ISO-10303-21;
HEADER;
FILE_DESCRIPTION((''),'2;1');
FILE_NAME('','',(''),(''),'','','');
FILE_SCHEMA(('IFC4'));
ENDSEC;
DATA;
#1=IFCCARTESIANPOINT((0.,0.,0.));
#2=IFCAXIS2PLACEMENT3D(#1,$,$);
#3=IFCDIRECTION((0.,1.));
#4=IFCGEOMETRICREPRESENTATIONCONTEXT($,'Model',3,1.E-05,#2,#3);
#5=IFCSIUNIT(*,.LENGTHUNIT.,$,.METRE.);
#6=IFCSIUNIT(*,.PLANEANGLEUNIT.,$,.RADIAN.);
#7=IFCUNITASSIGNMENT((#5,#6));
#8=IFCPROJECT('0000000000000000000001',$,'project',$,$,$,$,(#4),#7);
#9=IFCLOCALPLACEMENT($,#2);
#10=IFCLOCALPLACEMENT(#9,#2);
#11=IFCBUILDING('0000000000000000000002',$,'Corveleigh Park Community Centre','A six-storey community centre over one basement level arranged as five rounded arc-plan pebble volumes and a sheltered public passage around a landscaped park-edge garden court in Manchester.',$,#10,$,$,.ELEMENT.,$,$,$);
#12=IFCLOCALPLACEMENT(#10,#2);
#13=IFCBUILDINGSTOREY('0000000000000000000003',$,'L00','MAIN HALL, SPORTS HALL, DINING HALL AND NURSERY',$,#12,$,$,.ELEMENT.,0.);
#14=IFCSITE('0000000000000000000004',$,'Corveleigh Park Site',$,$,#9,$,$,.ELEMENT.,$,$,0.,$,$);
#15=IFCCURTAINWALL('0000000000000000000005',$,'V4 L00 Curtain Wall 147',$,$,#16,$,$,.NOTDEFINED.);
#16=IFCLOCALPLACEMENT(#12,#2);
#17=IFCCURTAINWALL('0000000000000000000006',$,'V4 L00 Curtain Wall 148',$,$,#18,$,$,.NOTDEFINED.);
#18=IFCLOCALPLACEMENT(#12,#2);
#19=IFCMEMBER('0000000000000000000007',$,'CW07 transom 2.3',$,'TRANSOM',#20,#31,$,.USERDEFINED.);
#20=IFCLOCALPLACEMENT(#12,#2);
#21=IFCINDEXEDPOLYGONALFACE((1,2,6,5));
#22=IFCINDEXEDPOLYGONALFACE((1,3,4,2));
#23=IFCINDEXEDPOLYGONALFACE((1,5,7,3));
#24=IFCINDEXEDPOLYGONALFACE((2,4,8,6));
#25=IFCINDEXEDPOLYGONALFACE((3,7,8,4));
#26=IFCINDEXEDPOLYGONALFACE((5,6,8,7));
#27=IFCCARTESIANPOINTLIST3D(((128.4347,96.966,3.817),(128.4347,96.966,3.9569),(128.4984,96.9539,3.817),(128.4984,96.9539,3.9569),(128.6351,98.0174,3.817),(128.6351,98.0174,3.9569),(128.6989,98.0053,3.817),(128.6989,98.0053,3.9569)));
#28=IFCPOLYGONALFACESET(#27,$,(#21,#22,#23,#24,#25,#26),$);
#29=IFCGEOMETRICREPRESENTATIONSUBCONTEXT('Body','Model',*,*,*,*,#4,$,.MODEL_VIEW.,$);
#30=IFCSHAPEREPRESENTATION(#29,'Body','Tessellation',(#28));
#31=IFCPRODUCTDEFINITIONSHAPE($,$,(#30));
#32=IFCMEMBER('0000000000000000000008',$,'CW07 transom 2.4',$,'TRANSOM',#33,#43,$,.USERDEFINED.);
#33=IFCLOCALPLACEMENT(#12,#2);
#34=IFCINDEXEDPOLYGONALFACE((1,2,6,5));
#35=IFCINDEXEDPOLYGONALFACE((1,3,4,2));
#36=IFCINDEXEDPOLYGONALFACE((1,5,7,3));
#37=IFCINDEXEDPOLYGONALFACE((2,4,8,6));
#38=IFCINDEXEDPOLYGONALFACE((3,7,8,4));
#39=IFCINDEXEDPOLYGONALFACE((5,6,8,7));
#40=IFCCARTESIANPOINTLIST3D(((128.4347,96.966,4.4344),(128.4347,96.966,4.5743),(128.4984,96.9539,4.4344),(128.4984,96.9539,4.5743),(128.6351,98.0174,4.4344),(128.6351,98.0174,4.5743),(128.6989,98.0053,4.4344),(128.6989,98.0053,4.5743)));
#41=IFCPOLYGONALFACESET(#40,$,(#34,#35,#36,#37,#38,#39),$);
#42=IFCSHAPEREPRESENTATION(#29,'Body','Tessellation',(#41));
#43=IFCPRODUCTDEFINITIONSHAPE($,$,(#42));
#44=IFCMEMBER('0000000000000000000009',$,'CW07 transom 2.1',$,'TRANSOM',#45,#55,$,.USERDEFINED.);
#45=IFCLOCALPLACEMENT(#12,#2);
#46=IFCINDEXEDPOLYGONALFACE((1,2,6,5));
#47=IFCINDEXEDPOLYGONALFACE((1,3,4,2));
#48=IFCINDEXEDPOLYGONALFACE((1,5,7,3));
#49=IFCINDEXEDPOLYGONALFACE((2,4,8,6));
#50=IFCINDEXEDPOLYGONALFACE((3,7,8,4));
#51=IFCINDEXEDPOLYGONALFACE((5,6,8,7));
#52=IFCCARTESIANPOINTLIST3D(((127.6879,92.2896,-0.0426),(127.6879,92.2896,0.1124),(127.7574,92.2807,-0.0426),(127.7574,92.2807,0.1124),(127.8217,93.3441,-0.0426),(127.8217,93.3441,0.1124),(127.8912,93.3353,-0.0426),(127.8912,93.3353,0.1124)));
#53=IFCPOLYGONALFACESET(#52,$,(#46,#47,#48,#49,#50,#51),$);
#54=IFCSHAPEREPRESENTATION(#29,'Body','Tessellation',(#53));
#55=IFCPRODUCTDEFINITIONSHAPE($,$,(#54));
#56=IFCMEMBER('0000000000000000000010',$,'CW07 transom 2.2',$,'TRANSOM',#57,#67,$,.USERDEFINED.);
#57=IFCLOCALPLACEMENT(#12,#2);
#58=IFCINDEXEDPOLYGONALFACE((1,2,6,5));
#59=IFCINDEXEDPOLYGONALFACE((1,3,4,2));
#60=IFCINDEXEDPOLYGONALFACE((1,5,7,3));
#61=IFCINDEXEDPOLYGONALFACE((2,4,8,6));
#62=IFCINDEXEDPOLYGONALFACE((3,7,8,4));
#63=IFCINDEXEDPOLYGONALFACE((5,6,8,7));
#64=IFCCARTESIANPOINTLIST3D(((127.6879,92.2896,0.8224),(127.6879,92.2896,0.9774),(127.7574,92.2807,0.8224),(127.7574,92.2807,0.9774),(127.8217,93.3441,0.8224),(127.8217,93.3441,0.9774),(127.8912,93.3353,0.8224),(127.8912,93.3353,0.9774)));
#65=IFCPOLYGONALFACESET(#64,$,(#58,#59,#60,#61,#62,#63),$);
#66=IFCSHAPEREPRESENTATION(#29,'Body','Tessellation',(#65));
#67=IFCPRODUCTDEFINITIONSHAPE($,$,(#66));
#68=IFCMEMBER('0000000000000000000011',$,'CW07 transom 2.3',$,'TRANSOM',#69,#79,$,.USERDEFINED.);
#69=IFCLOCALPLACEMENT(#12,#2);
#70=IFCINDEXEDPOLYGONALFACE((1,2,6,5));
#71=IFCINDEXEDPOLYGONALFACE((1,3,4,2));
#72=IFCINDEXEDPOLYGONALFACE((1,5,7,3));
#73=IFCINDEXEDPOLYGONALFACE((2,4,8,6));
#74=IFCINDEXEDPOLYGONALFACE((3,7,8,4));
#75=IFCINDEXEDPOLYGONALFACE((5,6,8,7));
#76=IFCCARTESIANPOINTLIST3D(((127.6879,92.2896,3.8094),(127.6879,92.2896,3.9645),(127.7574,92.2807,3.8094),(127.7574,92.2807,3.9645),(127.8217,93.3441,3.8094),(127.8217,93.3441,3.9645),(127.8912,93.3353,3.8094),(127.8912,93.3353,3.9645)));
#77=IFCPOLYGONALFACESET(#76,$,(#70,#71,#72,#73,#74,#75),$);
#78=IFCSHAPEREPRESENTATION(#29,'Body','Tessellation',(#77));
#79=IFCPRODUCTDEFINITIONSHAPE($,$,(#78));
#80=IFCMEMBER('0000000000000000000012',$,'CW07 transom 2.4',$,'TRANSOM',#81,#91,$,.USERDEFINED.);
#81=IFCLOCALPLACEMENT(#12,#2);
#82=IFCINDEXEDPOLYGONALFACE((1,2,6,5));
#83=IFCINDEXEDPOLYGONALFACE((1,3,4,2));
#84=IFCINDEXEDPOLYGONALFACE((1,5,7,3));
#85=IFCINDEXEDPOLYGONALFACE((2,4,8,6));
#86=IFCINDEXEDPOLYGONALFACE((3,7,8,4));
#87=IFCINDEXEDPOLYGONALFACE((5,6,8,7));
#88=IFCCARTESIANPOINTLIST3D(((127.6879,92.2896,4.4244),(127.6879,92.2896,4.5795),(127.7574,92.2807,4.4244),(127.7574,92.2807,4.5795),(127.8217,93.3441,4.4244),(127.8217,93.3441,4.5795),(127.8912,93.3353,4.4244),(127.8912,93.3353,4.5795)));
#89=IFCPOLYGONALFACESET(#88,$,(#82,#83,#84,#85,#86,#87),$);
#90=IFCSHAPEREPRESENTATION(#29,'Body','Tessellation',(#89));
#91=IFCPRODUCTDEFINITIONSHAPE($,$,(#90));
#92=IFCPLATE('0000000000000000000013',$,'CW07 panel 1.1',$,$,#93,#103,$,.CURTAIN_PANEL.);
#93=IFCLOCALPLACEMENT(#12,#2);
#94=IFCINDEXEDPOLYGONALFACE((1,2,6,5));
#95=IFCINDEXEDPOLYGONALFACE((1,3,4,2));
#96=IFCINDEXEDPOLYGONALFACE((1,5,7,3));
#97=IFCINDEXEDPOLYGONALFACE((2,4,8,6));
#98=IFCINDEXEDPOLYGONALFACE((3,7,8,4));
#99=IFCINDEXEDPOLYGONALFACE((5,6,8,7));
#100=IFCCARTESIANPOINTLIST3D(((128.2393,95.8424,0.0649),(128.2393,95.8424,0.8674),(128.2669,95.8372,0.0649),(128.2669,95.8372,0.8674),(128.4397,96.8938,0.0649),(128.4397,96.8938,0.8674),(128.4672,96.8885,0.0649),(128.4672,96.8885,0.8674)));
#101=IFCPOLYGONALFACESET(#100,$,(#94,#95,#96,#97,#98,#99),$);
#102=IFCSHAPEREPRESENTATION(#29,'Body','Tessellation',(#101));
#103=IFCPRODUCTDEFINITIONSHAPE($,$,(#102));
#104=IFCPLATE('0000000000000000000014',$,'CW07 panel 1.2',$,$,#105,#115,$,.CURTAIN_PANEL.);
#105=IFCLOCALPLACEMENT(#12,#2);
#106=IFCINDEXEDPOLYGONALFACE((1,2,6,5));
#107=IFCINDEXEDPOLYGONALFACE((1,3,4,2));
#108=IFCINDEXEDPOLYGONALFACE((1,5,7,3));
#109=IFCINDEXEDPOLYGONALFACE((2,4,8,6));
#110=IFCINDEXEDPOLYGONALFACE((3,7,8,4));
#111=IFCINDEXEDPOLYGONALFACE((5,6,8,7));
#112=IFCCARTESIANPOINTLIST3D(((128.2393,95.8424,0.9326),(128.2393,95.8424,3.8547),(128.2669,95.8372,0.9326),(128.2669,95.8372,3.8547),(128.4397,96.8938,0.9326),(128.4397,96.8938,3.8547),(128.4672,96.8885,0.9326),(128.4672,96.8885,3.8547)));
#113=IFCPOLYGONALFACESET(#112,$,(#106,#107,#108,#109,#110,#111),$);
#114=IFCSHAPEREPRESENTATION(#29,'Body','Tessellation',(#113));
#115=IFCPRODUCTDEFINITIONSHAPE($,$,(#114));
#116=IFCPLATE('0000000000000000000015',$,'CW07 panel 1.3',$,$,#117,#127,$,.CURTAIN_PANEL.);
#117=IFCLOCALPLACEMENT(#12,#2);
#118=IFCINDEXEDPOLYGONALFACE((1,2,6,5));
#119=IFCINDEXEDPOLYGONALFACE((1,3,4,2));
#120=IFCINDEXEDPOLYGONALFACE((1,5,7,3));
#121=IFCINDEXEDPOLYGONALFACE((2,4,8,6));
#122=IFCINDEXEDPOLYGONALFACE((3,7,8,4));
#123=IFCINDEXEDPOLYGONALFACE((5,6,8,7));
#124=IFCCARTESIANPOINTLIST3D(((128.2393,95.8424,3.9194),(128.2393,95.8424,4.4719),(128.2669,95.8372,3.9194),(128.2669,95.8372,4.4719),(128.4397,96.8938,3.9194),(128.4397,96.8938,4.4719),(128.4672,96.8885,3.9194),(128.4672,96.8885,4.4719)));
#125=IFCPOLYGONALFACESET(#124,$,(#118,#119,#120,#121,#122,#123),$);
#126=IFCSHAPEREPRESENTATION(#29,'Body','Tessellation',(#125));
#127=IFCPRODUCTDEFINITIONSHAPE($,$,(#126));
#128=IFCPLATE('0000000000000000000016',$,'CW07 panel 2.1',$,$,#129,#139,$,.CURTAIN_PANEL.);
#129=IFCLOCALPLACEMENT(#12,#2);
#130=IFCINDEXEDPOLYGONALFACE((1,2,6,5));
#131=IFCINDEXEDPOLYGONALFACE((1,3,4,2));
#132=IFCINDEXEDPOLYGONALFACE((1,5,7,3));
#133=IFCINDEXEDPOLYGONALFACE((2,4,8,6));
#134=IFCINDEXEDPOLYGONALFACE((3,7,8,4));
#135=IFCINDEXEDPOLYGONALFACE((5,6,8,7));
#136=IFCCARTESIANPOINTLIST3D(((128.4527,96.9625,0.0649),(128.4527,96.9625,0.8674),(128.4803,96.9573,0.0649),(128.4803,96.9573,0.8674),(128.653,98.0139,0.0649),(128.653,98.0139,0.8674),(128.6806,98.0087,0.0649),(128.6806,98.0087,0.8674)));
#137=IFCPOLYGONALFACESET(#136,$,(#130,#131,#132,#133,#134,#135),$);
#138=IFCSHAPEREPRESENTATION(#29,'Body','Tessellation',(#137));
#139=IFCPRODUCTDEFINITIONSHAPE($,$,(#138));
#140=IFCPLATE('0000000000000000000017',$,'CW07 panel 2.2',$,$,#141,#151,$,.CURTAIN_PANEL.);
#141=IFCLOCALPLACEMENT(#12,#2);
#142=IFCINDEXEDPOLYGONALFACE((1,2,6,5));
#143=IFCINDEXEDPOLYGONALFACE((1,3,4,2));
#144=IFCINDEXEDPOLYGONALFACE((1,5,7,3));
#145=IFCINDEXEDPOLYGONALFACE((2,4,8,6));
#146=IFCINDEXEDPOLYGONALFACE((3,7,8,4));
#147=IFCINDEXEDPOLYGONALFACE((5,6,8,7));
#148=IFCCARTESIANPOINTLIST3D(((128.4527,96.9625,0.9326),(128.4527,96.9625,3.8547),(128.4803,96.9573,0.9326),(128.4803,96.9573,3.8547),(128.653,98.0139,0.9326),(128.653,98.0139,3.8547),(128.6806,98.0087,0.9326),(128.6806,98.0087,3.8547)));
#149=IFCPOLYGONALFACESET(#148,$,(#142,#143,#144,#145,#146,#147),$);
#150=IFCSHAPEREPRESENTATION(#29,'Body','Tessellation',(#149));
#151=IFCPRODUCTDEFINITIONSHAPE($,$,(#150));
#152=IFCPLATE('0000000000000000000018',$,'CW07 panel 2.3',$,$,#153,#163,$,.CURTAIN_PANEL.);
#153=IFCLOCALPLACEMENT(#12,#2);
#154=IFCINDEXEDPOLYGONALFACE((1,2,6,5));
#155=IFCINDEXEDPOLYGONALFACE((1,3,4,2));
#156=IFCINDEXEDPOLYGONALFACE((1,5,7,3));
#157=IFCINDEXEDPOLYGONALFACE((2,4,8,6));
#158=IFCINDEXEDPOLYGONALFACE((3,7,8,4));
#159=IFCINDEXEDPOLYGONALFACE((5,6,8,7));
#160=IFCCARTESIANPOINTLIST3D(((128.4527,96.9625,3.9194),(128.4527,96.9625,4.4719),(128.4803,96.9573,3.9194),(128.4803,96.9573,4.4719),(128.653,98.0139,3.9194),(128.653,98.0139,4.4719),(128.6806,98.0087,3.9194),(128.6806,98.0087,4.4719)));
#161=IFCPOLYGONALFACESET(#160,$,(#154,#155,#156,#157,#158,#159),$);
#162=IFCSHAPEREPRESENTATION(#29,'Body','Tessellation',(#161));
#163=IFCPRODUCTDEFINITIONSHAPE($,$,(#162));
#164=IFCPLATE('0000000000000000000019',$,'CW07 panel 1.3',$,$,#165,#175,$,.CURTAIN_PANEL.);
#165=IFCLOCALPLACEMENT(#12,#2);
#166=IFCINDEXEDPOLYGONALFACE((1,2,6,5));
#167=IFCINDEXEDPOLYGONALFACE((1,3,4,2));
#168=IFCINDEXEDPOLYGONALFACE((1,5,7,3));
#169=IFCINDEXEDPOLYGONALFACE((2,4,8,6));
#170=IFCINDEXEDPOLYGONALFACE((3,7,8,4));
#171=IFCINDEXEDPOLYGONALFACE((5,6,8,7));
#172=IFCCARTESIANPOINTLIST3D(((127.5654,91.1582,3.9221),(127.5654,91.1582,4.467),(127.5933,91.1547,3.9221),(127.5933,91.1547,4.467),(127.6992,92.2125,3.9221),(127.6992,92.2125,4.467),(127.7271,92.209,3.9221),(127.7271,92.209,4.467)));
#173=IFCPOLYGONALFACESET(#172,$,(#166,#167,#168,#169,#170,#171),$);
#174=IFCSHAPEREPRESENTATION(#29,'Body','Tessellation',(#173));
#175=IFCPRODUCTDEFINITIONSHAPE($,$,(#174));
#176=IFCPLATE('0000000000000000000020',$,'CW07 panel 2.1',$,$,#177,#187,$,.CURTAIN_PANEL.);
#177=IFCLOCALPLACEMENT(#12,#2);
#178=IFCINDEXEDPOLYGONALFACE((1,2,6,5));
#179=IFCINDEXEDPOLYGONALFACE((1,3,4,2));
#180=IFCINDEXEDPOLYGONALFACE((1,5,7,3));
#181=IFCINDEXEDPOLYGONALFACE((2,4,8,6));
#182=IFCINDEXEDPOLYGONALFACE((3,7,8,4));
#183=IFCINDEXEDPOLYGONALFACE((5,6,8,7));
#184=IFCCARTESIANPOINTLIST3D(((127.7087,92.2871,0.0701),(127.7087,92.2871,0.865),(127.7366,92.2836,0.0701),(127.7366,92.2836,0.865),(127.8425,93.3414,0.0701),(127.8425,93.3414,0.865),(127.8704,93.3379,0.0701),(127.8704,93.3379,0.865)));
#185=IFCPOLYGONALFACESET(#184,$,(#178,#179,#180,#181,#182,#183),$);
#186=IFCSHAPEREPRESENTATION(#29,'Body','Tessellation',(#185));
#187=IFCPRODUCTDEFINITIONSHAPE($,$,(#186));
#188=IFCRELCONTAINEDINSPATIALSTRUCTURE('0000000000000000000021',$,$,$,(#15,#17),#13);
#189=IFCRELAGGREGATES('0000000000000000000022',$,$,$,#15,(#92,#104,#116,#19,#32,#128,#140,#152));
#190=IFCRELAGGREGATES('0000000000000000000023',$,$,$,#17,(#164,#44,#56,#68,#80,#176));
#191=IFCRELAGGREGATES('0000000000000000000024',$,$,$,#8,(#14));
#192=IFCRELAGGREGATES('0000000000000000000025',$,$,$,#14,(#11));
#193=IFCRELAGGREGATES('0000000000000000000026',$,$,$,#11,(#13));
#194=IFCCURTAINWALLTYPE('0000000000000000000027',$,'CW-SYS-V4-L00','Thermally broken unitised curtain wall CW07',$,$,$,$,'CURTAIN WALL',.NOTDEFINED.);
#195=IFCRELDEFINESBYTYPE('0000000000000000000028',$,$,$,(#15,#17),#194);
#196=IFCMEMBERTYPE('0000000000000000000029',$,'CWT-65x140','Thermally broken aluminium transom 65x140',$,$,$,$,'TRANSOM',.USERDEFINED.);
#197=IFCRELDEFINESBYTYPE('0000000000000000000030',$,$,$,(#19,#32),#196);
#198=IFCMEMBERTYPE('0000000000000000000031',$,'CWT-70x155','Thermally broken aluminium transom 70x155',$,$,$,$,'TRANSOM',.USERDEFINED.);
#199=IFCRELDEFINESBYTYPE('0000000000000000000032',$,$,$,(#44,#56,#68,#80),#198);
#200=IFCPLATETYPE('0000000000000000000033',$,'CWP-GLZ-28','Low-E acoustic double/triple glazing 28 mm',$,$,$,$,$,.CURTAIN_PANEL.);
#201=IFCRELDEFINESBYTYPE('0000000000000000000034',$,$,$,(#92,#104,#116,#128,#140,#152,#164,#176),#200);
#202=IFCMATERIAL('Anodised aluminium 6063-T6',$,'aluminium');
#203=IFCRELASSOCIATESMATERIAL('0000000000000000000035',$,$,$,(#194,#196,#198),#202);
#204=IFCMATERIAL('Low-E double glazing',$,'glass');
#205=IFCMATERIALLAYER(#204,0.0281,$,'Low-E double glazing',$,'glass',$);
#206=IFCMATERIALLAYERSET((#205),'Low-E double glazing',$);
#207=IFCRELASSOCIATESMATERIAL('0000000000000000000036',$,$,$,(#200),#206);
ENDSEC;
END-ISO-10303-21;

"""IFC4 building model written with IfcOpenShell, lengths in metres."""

from ifc_helpers import new_model, si_unit, direction, frame, origin, origin_2d, place, context, subcontext, project, spatial, rectangle, extrude, material, layer, layer_set, material_profile, profile_set, type_object, element, aggregate, save


model = new_model("IFC4")

# Units and contexts
model_context = context("Model", 3, precision=1e-05, world=origin(), true_north=direction((0.0, 1.0)))
body_context = subcontext(model_context, "Body", "Model", "MODEL_VIEW")
ifc_project = project(units=[si_unit("LENGTHUNIT", "METRE"), si_unit("PLANEANGLEUNIT", "RADIAN")], contexts=[model_context])

# Site, building, storey
site_placement = place(None, origin())
site = spatial("IfcSite", under=ifc_project, at=site_placement, Name="Corveleigh Park Site", CompositionType="ELEMENT", RefElevation=0.0)
building_placement = place(site_placement, origin())
building = spatial("IfcBuilding", under=site, at=building_placement, Name="Corveleigh Park Community Centre", Description="A six-storey community centre over one basement level arranged as five rounded arc-plan pebble volumes and a sheltered public passage around a landscaped park-edge garden court in Manchester.", CompositionType="ELEMENT")
storey_placement = place(building_placement, origin())
storey = spatial("IfcBuildingStorey", under=building, at=storey_placement, Name="L00", Description="MAIN HALL, SPORTS HALL, DINING HALL AND NURSERY", CompositionType="ELEMENT", Elevation=0.0)

# Shared definitions
ifc_material_1 = material(Name="Anodised aluminium 6063-T6", Category="aluminium")
curtain_wall_type = type_object("IfcCurtainWallType", Name="CW-SYS-V4-L00", Description="Thermally broken unitised curtain wall CW07", ElementType="CURTAIN WALL", PredefinedType="NOTDEFINED", material=ifc_material_1)

# Curtain walls
curtain_wall_1_placement = place(storey_placement, origin())
curtain_wall_1 = element("IfcCurtainWall", 1, at=curtain_wall_1_placement, inside=storey, type_object=curtain_wall_type, Name="V4 L00 Curtain Wall 147", PredefinedType="NOTDEFINED")
curtain_wall_2_placement = place(storey_placement, origin())
curtain_wall_2 = element("IfcCurtainWall", 2, at=curtain_wall_2_placement, inside=storey, type_object=curtain_wall_type, Name="V4 L00 Curtain Wall 148", PredefinedType="NOTDEFINED")

# Members
ifc_material_profile_1 = material_profile(ifc_material_1, rectangle(XDim=0.0649, YDim=0.1399, at=origin_2d()), Name="ALU-T65x140", Category="aluminium")
ifc_profile_set_1 = profile_set([ifc_material_profile_1], Name="Anodised aluminium 6063-T6")
member_type_1 = type_object("IfcMemberType", Name="CWT-65x140", Description="Thermally broken aluminium transom 65x140", ElementType="TRANSOM", PredefinedType="USERDEFINED", material=ifc_profile_set_1)
member_1_placement = place(storey_placement, frame((128.4666, 96.96, 3.887), z_axis=(0.18729, 0.982305, 0.0), x_axis=(-0.982305, 0.18729, 0.0)))
member_1 = element("IfcMember", 3, at=member_1_placement, type_object=member_type_1, Name="CW07 transom 2.3", ObjectType="TRANSOM", PredefinedType="USERDEFINED", context=body_context, shape_type="SweptSolid", body=[
    extrude(rectangle(XDim=0.0649, YDim=0.1399, at=origin_2d()), origin(), (0.0, 0.0, 1.0), 1.0703),
])
member_2_placement = place(storey_placement, frame((128.4666, 96.96, 4.5044), z_axis=(0.18729, 0.982305, 0.0), x_axis=(-0.982305, 0.18729, 0.0)))
member_2 = element("IfcMember", 4, at=member_2_placement, type_object=member_type_1, Name="CW07 transom 2.4", ObjectType="TRANSOM", PredefinedType="USERDEFINED", context=body_context, shape_type="SweptSolid", body=[
    extrude(rectangle(XDim=0.0649, YDim=0.1399, at=origin_2d()), origin(), (0.0, 0.0, 1.0), 1.0703),
])
ifc_material_profile_2 = material_profile(ifc_material_1, rectangle(XDim=0.0701, YDim=0.155, at=origin_2d()), Name="ALU-T70x155", Category="aluminium")
ifc_profile_set_2 = profile_set([ifc_material_profile_2], Name="Anodised aluminium 6063-T6")
member_type_2 = type_object("IfcMemberType", Name="CWT-70x155", Description="Thermally broken aluminium transom 70x155", ElementType="TRANSOM", PredefinedType="USERDEFINED", material=ifc_profile_set_2)
member_3_placement = place(storey_placement, frame((127.7227, 92.2852, 0.0349), z_axis=(0.125872, 0.992046, 0.0), x_axis=(-0.992046, 0.125872, 0.0)))
member_3 = element("IfcMember", 5, at=member_3_placement, type_object=member_type_2, Name="CW07 transom 2.1", ObjectType="TRANSOM", PredefinedType="USERDEFINED", context=body_context, shape_type="SweptSolid", body=[
    extrude(rectangle(XDim=0.0701, YDim=0.155, at=origin_2d()), origin(), (0.0, 0.0, 1.0), 1.063),
])
member_4_placement = place(storey_placement, frame((127.7227, 92.2852, 0.8999), z_axis=(0.125872, 0.992046, 0.0), x_axis=(-0.992046, 0.125872, 0.0)))
member_4 = element("IfcMember", 6, at=member_4_placement, type_object=member_type_2, Name="CW07 transom 2.2", ObjectType="TRANSOM", PredefinedType="USERDEFINED", context=body_context, shape_type="SweptSolid", body=[
    extrude(rectangle(XDim=0.0701, YDim=0.155, at=origin_2d()), origin(), (0.0, 0.0, 1.0), 1.063),
])
member_5_placement = place(storey_placement, frame((127.7227, 92.2852, 3.887), z_axis=(0.125872, 0.992046, 0.0), x_axis=(-0.992046, 0.125872, 0.0)))
member_5 = element("IfcMember", 7, at=member_5_placement, type_object=member_type_2, Name="CW07 transom 2.3", ObjectType="TRANSOM", PredefinedType="USERDEFINED", context=body_context, shape_type="SweptSolid", body=[
    extrude(rectangle(XDim=0.0701, YDim=0.155, at=origin_2d()), origin(), (0.0, 0.0, 1.0), 1.063),
])
member_6_placement = place(storey_placement, frame((127.7227, 92.2852, 4.502), z_axis=(0.125872, 0.992046, 0.0), x_axis=(-0.992046, 0.125872, 0.0)))
member_6 = element("IfcMember", 8, at=member_6_placement, type_object=member_type_2, Name="CW07 transom 2.4", ObjectType="TRANSOM", PredefinedType="USERDEFINED", context=body_context, shape_type="SweptSolid", body=[
    extrude(rectangle(XDim=0.0701, YDim=0.155, at=origin_2d()), origin(), (0.0, 0.0, 1.0), 1.063),
])

# Plates
ifc_material_2 = material(Name="Low-E double glazing", Category="glass")
ifc_layer_1 = layer(ifc_material_2, 0.0281, Name="Low-E double glazing", Category="glass")
ifc_layer_set_1 = layer_set([ifc_layer_1], Name="Low-E double glazing")
plate_type = type_object("IfcPlateType", Name="CWP-GLZ-28", Description="Low-E acoustic double/triple glazing 28 mm", PredefinedType="CURTAIN_PANEL", material=ifc_layer_set_1)
plate_1_placement = place(storey_placement, frame((128.3533, 96.3655, 0.0649), z_axis=(0.0, 0.0, 1.0), x_axis=(0.18719, 0.982324, 0.0)))
plate_1 = element("IfcPlate", 9, at=plate_1_placement, type_object=plate_type, Name="CW07 panel 1.1", PredefinedType="CURTAIN_PANEL", context=body_context, shape_type="SweptSolid", body=[
    extrude(rectangle(XDim=1.0703, YDim=0.0281, at=origin_2d()), origin(), (0.0, 0.0, 1.0), 0.8025),
])
plate_2_placement = place(storey_placement, frame((128.3533, 96.3655, 0.9326), z_axis=(0.0, 0.0, 1.0), x_axis=(0.18719, 0.982324, 0.0)))
plate_2 = element("IfcPlate", 10, at=plate_2_placement, type_object=plate_type, Name="CW07 panel 1.2", PredefinedType="CURTAIN_PANEL", context=body_context, shape_type="SweptSolid", body=[
    extrude(rectangle(XDim=1.0703, YDim=0.0281, at=origin_2d()), origin(), (0.0, 0.0, 1.0), 2.9221),
])
plate_3_placement = place(storey_placement, frame((128.3533, 96.3655, 3.9194), z_axis=(0.0, 0.0, 1.0), x_axis=(0.18719, 0.982324, 0.0)))
plate_3 = element("IfcPlate", 11, at=plate_3_placement, type_object=plate_type, Name="CW07 panel 1.3", PredefinedType="CURTAIN_PANEL", context=body_context, shape_type="SweptSolid", body=[
    extrude(rectangle(XDim=1.0703, YDim=0.0281, at=origin_2d()), origin(), (0.0, 0.0, 1.0), 0.5525),
])
plate_4_placement = place(storey_placement, frame((128.5667, 97.4856, 0.0649), z_axis=(0.0, 0.0, 1.0), x_axis=(0.18719, 0.982324, 0.0)))
plate_4 = element("IfcPlate", 12, at=plate_4_placement, type_object=plate_type, Name="CW07 panel 2.1", PredefinedType="CURTAIN_PANEL", context=body_context, shape_type="SweptSolid", body=[
    extrude(rectangle(XDim=1.0703, YDim=0.0281, at=origin_2d()), origin(), (0.0, 0.0, 1.0), 0.8025),
])
plate_5_placement = place(storey_placement, frame((128.5667, 97.4856, 0.9326), z_axis=(0.0, 0.0, 1.0), x_axis=(0.18719, 0.982324, 0.0)))
plate_5 = element("IfcPlate", 13, at=plate_5_placement, type_object=plate_type, Name="CW07 panel 2.2", PredefinedType="CURTAIN_PANEL", context=body_context, shape_type="SweptSolid", body=[
    extrude(rectangle(XDim=1.0703, YDim=0.0281, at=origin_2d()), origin(), (0.0, 0.0, 1.0), 2.9221),
])
plate_6_placement = place(storey_placement, frame((128.5667, 97.4856, 3.9194), z_axis=(0.0, 0.0, 1.0), x_axis=(0.18719, 0.982324, 0.0)))
plate_6 = element("IfcPlate", 14, at=plate_6_placement, type_object=plate_type, Name="CW07 panel 2.3", PredefinedType="CURTAIN_PANEL", context=body_context, shape_type="SweptSolid", body=[
    extrude(rectangle(XDim=1.0703, YDim=0.0281, at=origin_2d()), origin(), (0.0, 0.0, 1.0), 0.5525),
])
aggregate(curtain_wall_1, [plate_1, plate_2, plate_3, member_1, member_2, plate_4, plate_5, plate_6])
plate_7_placement = place(storey_placement, frame((127.6462, 91.6836, 3.9221), z_axis=(0.0, 0.0, 1.0), x_axis=(0.125919, 0.99204, 0.0)))
plate_7 = element("IfcPlate", 15, at=plate_7_placement, type_object=plate_type, Name="CW07 panel 1.3", PredefinedType="CURTAIN_PANEL", context=body_context, shape_type="SweptSolid", body=[
    extrude(rectangle(XDim=1.0627, YDim=0.0281, at=origin_2d()), origin(), (0.0, 0.0, 1.0), 0.5449),
])
plate_8_placement = place(storey_placement, frame((127.7896, 92.8125, 0.0701), z_axis=(0.0, 0.0, 1.0), x_axis=(0.125919, 0.99204, 0.0)))
plate_8 = element("IfcPlate", 16, at=plate_8_placement, type_object=plate_type, Name="CW07 panel 2.1", PredefinedType="CURTAIN_PANEL", context=body_context, shape_type="SweptSolid", body=[
    extrude(rectangle(XDim=1.0627, YDim=0.0281, at=origin_2d()), origin(), (0.0, 0.0, 1.0), 0.7949),
])
aggregate(curtain_wall_2, [plate_7, member_3, member_4, member_5, member_6, plate_8])

save(model, "model.ifc")
